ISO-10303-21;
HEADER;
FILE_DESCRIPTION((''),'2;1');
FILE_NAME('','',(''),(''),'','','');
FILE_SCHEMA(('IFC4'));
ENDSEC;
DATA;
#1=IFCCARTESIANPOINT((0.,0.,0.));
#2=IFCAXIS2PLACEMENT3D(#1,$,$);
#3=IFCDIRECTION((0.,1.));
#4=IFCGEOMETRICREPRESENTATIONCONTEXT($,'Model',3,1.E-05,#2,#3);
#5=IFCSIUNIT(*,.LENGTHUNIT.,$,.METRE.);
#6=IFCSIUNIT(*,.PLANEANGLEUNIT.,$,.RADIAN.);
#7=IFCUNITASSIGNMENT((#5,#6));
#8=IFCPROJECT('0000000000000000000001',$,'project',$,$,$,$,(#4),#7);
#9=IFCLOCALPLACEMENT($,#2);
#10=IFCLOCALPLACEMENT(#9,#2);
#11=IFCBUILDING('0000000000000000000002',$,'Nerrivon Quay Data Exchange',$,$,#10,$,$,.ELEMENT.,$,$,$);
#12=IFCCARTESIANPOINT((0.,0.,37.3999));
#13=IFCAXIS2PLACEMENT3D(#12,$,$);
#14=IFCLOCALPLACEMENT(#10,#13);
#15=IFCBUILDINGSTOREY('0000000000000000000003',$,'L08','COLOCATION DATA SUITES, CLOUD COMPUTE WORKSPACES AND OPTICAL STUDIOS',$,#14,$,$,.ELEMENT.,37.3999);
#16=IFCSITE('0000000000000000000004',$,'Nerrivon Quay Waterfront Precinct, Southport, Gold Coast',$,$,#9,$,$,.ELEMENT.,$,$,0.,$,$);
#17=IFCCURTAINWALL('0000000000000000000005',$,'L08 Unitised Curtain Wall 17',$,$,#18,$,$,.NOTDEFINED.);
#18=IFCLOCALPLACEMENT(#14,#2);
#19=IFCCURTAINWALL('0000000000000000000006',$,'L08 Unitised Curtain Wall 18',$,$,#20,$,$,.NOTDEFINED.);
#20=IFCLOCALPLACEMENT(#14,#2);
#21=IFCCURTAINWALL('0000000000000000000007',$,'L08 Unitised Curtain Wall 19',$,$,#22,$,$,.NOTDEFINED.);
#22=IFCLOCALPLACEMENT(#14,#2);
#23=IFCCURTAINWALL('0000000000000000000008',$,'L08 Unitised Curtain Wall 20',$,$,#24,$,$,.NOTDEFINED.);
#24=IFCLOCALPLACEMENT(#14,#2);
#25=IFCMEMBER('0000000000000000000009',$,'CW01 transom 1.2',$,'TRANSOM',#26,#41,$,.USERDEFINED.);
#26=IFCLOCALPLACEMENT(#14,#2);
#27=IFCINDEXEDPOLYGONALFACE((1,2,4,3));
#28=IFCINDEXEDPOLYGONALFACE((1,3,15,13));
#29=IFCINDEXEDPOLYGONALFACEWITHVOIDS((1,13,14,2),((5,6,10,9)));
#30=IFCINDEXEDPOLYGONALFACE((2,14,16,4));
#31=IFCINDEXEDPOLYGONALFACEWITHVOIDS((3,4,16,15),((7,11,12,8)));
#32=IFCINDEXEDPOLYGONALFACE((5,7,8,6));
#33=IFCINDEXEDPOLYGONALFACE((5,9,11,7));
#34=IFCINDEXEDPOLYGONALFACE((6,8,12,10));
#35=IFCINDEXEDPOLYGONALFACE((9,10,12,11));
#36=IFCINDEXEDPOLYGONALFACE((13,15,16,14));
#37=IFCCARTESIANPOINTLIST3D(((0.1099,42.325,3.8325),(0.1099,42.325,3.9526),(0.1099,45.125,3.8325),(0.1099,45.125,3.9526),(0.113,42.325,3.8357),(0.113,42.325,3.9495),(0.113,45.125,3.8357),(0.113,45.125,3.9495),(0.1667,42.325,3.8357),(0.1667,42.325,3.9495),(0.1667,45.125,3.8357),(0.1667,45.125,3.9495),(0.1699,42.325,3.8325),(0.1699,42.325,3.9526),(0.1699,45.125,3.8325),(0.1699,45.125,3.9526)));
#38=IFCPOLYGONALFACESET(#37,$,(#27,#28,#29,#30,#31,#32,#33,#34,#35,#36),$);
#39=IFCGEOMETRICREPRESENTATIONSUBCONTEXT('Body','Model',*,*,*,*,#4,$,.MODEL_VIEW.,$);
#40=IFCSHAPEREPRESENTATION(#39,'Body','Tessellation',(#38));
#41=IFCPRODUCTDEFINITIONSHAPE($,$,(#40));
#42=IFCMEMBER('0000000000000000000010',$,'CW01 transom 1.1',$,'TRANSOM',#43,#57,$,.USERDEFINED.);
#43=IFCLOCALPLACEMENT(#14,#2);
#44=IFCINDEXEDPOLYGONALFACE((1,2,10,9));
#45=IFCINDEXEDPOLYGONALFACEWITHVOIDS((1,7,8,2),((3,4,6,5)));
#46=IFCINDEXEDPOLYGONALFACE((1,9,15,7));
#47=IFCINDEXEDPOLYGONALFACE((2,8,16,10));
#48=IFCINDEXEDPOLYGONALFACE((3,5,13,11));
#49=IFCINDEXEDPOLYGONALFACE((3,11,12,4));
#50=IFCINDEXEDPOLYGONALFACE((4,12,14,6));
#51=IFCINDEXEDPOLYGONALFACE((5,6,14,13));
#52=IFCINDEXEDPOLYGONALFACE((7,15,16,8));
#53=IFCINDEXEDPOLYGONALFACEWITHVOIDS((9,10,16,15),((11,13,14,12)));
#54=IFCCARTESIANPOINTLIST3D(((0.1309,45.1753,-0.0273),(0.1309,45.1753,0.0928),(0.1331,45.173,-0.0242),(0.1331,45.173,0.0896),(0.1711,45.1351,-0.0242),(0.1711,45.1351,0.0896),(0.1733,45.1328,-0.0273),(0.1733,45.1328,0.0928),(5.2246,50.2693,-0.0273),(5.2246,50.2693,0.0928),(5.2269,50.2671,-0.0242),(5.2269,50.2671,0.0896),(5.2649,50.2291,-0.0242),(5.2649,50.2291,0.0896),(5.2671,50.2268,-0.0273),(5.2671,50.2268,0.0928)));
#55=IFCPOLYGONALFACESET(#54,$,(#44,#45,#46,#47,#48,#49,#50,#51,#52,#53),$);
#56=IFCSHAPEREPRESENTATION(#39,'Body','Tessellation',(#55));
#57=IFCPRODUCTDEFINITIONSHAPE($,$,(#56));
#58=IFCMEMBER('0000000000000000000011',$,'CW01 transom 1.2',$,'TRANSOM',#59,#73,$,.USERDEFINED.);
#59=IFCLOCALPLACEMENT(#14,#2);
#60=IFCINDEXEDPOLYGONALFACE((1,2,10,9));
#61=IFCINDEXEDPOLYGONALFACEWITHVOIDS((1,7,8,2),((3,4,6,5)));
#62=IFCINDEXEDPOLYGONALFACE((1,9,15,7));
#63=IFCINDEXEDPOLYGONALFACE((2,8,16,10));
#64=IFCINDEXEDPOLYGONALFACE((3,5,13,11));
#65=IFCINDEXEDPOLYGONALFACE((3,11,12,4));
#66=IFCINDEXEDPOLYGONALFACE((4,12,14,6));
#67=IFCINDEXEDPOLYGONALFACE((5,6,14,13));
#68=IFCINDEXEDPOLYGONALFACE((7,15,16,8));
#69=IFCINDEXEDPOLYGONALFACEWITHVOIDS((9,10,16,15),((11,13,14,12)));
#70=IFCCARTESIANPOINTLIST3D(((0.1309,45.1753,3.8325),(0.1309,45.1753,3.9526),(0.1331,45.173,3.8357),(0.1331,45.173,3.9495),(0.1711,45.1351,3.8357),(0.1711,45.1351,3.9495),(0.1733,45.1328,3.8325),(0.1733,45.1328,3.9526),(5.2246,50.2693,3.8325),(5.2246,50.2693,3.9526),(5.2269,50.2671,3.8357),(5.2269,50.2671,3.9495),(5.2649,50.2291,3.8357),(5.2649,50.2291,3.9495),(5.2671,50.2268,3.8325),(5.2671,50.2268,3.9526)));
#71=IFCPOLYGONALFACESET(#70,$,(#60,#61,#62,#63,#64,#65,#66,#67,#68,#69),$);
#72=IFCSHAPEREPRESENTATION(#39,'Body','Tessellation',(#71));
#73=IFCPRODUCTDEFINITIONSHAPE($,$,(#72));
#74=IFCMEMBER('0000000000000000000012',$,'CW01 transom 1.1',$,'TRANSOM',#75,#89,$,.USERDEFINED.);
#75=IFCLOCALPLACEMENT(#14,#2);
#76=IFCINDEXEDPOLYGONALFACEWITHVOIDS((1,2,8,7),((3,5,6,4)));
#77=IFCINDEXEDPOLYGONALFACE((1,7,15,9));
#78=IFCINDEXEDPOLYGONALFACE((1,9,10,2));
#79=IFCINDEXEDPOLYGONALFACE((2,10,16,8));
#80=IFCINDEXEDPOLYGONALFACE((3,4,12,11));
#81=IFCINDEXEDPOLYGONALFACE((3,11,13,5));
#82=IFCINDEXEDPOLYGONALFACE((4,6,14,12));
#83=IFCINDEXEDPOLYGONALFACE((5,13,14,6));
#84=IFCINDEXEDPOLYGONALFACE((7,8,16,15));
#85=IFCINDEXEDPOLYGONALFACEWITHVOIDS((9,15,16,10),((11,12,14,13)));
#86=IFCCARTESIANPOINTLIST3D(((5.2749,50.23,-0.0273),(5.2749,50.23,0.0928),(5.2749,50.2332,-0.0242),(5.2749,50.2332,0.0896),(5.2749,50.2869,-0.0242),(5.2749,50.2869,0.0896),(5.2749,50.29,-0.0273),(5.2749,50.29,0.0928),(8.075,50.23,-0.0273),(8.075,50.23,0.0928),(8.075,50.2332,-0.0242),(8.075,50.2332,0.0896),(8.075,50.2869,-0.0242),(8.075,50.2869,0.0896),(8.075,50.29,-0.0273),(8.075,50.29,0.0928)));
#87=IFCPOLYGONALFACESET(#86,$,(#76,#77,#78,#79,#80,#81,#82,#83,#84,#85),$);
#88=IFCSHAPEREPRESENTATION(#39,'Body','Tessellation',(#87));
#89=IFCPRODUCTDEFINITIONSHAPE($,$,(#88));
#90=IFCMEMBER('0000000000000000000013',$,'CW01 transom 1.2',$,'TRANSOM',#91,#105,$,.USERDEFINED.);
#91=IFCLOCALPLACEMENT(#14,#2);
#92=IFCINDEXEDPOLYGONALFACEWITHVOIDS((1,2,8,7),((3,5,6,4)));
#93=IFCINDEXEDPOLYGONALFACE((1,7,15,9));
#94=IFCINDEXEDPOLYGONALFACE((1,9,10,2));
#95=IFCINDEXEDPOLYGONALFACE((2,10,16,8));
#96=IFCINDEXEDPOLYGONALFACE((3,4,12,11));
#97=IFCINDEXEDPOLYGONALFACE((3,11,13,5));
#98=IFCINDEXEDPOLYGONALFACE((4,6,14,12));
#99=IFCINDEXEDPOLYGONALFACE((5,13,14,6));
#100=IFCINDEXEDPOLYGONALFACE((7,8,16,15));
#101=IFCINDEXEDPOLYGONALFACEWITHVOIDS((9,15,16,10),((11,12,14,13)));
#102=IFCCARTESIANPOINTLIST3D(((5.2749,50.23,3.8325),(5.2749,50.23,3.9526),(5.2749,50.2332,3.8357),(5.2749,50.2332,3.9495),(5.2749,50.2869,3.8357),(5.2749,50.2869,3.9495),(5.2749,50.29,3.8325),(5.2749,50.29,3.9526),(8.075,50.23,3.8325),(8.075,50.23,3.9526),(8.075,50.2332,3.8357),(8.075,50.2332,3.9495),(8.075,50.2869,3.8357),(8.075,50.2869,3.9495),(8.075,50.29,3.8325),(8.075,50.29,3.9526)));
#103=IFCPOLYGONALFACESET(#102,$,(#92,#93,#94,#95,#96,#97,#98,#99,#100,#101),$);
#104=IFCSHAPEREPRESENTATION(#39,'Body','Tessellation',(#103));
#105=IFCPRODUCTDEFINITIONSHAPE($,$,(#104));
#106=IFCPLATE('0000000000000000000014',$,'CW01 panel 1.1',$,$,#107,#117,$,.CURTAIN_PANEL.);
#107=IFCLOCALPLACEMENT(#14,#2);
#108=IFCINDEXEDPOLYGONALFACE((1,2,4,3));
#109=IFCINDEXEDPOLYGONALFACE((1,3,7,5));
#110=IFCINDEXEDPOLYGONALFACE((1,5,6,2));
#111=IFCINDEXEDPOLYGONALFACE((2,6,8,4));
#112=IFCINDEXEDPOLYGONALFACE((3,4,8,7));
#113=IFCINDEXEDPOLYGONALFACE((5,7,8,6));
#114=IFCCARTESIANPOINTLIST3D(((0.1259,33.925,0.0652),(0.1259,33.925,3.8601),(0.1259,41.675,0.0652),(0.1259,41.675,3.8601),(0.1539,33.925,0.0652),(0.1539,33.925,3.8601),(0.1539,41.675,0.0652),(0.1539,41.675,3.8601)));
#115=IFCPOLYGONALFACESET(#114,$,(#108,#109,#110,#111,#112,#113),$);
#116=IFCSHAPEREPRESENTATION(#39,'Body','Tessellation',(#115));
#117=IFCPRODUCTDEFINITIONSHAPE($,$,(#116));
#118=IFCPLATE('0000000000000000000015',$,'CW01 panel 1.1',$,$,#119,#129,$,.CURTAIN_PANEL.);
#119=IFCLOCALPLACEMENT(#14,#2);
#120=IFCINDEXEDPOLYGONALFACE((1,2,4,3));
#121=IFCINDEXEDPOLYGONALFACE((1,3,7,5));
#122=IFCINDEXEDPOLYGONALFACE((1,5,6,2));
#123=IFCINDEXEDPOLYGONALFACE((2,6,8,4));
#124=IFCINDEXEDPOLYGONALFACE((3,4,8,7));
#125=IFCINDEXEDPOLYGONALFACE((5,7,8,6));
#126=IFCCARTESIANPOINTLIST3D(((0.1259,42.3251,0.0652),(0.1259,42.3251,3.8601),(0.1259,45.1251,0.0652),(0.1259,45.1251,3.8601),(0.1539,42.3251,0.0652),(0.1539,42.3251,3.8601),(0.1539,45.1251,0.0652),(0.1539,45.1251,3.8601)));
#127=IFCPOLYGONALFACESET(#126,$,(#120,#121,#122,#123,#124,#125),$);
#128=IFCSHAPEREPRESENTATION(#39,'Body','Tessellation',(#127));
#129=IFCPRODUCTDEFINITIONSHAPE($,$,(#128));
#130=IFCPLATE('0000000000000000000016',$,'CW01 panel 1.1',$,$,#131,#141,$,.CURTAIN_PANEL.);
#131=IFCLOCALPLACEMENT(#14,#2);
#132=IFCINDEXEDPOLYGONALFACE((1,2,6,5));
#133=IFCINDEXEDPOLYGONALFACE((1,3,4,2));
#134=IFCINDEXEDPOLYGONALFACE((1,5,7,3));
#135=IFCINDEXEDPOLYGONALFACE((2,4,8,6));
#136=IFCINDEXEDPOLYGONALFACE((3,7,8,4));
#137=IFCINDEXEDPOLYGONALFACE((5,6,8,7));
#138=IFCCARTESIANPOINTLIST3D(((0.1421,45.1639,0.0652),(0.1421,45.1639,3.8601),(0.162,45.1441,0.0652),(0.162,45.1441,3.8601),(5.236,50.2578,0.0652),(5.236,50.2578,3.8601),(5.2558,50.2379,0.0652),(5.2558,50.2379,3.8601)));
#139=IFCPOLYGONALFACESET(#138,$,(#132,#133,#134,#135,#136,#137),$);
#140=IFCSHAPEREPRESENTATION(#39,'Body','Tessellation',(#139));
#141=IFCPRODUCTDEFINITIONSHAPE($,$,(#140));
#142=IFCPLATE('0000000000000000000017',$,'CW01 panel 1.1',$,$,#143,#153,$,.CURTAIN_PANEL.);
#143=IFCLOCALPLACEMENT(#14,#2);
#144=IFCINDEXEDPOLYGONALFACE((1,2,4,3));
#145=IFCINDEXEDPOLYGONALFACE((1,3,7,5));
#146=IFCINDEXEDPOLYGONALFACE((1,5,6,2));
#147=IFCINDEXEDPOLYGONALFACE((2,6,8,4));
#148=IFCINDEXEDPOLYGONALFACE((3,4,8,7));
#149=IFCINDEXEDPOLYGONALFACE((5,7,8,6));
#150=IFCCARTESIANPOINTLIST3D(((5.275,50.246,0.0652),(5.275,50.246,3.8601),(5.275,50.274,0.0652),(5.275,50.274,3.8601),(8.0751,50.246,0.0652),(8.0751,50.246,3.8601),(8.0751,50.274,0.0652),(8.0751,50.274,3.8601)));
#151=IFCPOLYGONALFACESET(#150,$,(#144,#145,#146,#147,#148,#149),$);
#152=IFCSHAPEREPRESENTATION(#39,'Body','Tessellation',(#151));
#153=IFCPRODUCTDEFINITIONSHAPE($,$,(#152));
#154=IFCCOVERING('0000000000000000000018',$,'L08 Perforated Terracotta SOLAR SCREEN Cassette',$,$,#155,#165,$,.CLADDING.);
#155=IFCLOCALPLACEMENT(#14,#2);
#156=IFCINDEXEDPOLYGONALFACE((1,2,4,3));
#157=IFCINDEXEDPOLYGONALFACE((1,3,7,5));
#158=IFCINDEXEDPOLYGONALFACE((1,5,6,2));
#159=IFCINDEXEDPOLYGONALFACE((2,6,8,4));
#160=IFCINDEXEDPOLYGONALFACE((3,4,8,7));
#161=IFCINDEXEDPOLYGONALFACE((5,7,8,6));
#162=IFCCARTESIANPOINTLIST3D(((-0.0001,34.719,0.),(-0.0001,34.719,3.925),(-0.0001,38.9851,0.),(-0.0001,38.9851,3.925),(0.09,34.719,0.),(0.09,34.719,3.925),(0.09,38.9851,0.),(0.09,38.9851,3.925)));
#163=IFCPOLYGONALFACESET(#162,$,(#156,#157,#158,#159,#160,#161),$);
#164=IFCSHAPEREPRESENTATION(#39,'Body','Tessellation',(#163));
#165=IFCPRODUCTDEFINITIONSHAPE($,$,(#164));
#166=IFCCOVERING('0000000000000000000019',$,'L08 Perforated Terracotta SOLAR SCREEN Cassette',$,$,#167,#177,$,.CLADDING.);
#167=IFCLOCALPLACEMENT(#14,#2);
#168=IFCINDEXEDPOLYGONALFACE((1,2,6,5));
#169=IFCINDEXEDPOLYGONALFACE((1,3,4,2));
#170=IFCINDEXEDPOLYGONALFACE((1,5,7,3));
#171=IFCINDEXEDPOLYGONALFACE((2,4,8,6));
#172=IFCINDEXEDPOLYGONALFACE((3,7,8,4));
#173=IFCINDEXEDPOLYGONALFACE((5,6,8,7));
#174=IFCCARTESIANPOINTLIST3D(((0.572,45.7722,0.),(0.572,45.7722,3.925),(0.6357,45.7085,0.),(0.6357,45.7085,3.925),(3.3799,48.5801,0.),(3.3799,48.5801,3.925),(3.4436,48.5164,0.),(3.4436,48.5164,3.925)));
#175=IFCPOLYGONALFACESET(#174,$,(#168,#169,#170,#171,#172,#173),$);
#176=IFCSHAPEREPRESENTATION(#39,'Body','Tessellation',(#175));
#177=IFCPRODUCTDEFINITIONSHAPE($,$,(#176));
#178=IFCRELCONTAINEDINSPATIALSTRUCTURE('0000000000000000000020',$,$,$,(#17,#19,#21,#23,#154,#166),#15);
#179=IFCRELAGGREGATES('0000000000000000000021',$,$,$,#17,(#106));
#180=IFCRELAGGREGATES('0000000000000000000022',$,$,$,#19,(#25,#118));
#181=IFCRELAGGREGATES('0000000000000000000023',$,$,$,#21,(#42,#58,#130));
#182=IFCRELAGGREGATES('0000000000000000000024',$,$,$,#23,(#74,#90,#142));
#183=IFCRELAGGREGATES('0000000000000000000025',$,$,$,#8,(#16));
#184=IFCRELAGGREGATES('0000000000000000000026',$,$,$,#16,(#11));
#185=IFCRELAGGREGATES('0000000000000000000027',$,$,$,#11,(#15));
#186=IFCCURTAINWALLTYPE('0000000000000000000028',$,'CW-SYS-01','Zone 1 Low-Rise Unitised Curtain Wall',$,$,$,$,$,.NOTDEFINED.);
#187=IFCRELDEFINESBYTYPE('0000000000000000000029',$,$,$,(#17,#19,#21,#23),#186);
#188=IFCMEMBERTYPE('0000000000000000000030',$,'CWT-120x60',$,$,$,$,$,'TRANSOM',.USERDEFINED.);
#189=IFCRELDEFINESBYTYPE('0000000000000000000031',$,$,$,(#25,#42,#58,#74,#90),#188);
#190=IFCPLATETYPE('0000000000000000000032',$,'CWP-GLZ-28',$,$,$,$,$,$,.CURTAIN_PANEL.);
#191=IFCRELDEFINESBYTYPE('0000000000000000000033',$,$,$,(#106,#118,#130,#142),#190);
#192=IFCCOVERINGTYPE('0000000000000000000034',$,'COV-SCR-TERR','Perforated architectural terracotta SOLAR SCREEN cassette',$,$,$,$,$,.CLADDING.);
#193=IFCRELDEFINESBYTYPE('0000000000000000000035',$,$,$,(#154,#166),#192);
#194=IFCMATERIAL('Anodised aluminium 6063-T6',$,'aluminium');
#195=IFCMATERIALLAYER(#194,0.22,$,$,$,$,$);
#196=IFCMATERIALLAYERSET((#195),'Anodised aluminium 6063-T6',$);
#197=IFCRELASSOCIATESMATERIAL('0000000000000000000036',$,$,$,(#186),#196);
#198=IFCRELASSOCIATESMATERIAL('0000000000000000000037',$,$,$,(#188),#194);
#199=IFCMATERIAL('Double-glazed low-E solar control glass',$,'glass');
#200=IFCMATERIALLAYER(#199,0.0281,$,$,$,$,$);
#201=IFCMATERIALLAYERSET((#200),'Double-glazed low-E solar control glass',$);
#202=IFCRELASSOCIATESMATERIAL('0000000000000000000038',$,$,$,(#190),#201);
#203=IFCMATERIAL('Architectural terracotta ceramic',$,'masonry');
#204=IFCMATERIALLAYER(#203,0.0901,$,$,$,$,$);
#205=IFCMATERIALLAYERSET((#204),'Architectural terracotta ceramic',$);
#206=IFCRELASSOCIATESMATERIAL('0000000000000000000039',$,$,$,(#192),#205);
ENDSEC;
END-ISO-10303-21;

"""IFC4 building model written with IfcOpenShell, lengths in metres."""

from ifc_helpers import new_model, si_unit, direction, frame, origin, origin_2d, place, context, subcontext, project, spatial, rectangle, hollow_rectangle, extrude, material, layer, layer_set, material_profile, profile_set, type_object, element, aggregate, save


model = new_model("IFC4")

# Units and contexts
model_context = context("Model", 3, precision=1e-05, world=origin(), true_north=direction((0.0, 1.0)))
body_context = subcontext(model_context, "Body", "Model", "MODEL_VIEW")
ifc_project = project(units=[si_unit("LENGTHUNIT", "METRE"), si_unit("PLANEANGLEUNIT", "RADIAN")], contexts=[model_context])

# Site, building, storey
site_placement = place(None, origin())
site = spatial("IfcSite", under=ifc_project, at=site_placement, Name="Nerrivon Quay Waterfront Precinct, Southport, Gold Coast", CompositionType="ELEMENT", RefElevation=0.0)
building_placement = place(site_placement, origin())
building = spatial("IfcBuilding", under=site, at=building_placement, Name="Nerrivon Quay Data Exchange", CompositionType="ELEMENT")
storey_placement = place(building_placement, frame((0.0, 0.0, 37.3999)))
storey = spatial("IfcBuildingStorey", under=building, at=storey_placement, Name="L08", Description="COLOCATION DATA SUITES, CLOUD COMPUTE WORKSPACES AND OPTICAL STUDIOS", CompositionType="ELEMENT", Elevation=37.3999)

# Curtain wall
ifc_material_1 = material(Name="Anodised aluminium 6063-T6", Category="aluminium")
ifc_layer_1 = layer(ifc_material_1, 0.22)
ifc_layer_set_1 = layer_set([ifc_layer_1], Name="Anodised aluminium 6063-T6")
curtain_wall_type = type_object("IfcCurtainWallType", Name="CW-SYS-01", Description="Zone 1 Low-Rise Unitised Curtain Wall", PredefinedType="NOTDEFINED", material=ifc_layer_set_1)
curtain_wall_1_placement = place(storey_placement, origin())
curtain_wall_1 = element("IfcCurtainWall", 1, at=curtain_wall_1_placement, inside=storey, type_object=curtain_wall_type, Name="L08 Unitised Curtain Wall 17", PredefinedType="NOTDEFINED")

# Curtain walls
curtain_wall_2_placement = place(storey_placement, origin())
curtain_wall_2 = element("IfcCurtainWall", 2, at=curtain_wall_2_placement, inside=storey, type_object=curtain_wall_type, Name="L08 Unitised Curtain Wall 18", PredefinedType="NOTDEFINED")
curtain_wall_3_placement = place(storey_placement, origin())
curtain_wall_3 = element("IfcCurtainWall", 3, at=curtain_wall_3_placement, inside=storey, type_object=curtain_wall_type, Name="L08 Unitised Curtain Wall 19", PredefinedType="NOTDEFINED")
curtain_wall_4_placement = place(storey_placement, origin())
curtain_wall_4 = element("IfcCurtainWall", 4, at=curtain_wall_4_placement, inside=storey, type_object=curtain_wall_type, Name="L08 Unitised Curtain Wall 20", PredefinedType="NOTDEFINED")

# Members
ifc_material_profile_1 = material_profile(ifc_material_1, hollow_rectangle(XDim=0.0601, YDim=0.1201, WallThickness=0.0032, at=origin_2d()), Name="ALU-TRAN-120x60")
ifc_profile_set_1 = profile_set([ifc_material_profile_1], Name="Anodised aluminium 6063-T6")
member_type_1 = type_object("IfcMemberType", Name="CWT-120x60", ElementType="TRANSOM", PredefinedType="USERDEFINED", material=ifc_profile_set_1)
member_1_placement = place(storey_placement, frame((0.1399, 42.325, 3.8926), z_axis=(0.0, 1.0, 0.0), x_axis=(-1.0, 0.0, 0.0)))
member_1 = element("IfcMember", 5, at=member_1_placement, type_object=member_type_1, Name="CW01 transom 1.2", ObjectType="TRANSOM", PredefinedType="USERDEFINED", context=body_context, shape_type="SweptSolid", body=[
    extrude(hollow_rectangle(XDim=0.0601, YDim=0.1201, WallThickness=0.0032, at=origin_2d()), origin(), (0.0, 0.0, 1.0), 2.8),
])
member_2_placement = place(storey_placement, frame((0.1521, 45.1541, 0.0327), z_axis=(0.70709, 0.707124, 0.0), x_axis=(-0.707124, 0.70709, 0.0)))
member_2 = element("IfcMember", 6, at=member_2_placement, type_object=member_type_1, Name="CW01 transom 1.1", ObjectType="TRANSOM", PredefinedType="USERDEFINED", context=body_context, shape_type="SweptSolid", body=[
    extrude(hollow_rectangle(XDim=0.0601, YDim=0.1201, WallThickness=0.0032, at=origin_2d()), origin(), (0.0, 0.0, 1.0), 7.2039),
])
member_3_placement = place(storey_placement, frame((0.1521, 45.1541, 3.8926), z_axis=(0.70709, 0.707124, 0.0), x_axis=(-0.707124, 0.70709, 0.0)))
member_3 = element("IfcMember", 7, at=member_3_placement, type_object=member_type_1, Name="CW01 transom 1.2", ObjectType="TRANSOM", PredefinedType="USERDEFINED", context=body_context, shape_type="SweptSolid", body=[
    extrude(hollow_rectangle(XDim=0.0601, YDim=0.1201, WallThickness=0.0032, at=origin_2d()), origin(), (0.0, 0.0, 1.0), 7.2039),
])
member_4_placement = place(storey_placement, frame((5.2749, 50.26, 0.0327), z_axis=(1.0, 0.0, 0.0), x_axis=(0.0, 1.0, 0.0)))
member_4 = element("IfcMember", 8, at=member_4_placement, type_object=member_type_1, Name="CW01 transom 1.1", ObjectType="TRANSOM", PredefinedType="USERDEFINED", context=body_context, shape_type="SweptSolid", body=[
    extrude(hollow_rectangle(XDim=0.0601, YDim=0.1201, WallThickness=0.0032, at=origin_2d()), origin(), (0.0, 0.0, 1.0), 2.8),
])
member_5_placement = place(storey_placement, frame((5.2749, 50.26, 3.8926), z_axis=(1.0, 0.0, 0.0), x_axis=(0.0, 1.0, 0.0)))
member_5 = element("IfcMember", 9, at=member_5_placement, type_object=member_type_1, Name="CW01 transom 1.2", ObjectType="TRANSOM", PredefinedType="USERDEFINED", context=body_context, shape_type="SweptSolid", body=[
    extrude(hollow_rectangle(XDim=0.0601, YDim=0.1201, WallThickness=0.0032, at=origin_2d()), origin(), (0.0, 0.0, 1.0), 2.8),
])

# Plates
ifc_material_2 = material(Name="Double-glazed low-E solar control glass", Category="glass")
ifc_layer_2 = layer(ifc_material_2, 0.0281)
ifc_layer_set_2 = layer_set([ifc_layer_2], Name="Double-glazed low-E solar control glass")
plate_type = type_object("IfcPlateType", Name="CWP-GLZ-28", PredefinedType="CURTAIN_PANEL", material=ifc_layer_set_2)
plate_1_placement = place(storey_placement, frame((0.1399, 37.8, 0.0652), z_axis=(0.0, 0.0, 1.0), x_axis=(0.0, 1.0, 0.0)))
plate_1 = element("IfcPlate", 10, at=plate_1_placement, type_object=plate_type, Name="CW01 panel 1.1", PredefinedType="CURTAIN_PANEL", context=body_context, shape_type="SweptSolid", body=[
    extrude(rectangle(XDim=7.75, YDim=0.0281, at=origin_2d()), origin(), (0.0, 0.0, 1.0), 3.7949),
])
aggregate(curtain_wall_1, [plate_1])
plate_2_placement = place(storey_placement, frame((0.1399, 43.7251, 0.0652), z_axis=(0.0, 0.0, 1.0), x_axis=(0.0, 1.0, 0.0)))
plate_2 = element("IfcPlate", 11, at=plate_2_placement, type_object=plate_type, Name="CW01 panel 1.1", PredefinedType="CURTAIN_PANEL", context=body_context, shape_type="SweptSolid", body=[
    extrude(rectangle(XDim=2.8, YDim=0.0281, at=origin_2d()), origin(), (0.0, 0.0, 1.0), 3.7949),
])
aggregate(curtain_wall_2, [member_1, plate_2])
plate_3_placement = place(storey_placement, frame((2.699, 47.7009, 0.0652), z_axis=(0.0, 0.0, 1.0), x_axis=(0.707107, 0.707107, 0.0)))
plate_3 = element("IfcPlate", 12, at=plate_3_placement, type_object=plate_type, Name="CW01 panel 1.1", PredefinedType="CURTAIN_PANEL", context=body_context, shape_type="SweptSolid", body=[
    extrude(rectangle(XDim=7.2039, YDim=0.0281, at=origin_2d()), origin(), (0.0, 0.0, 1.0), 3.7949),
])
aggregate(curtain_wall_3, [member_2, member_3, plate_3])
plate_4_placement = place(storey_placement, frame((6.675, 50.26, 0.0652), z_axis=(0.0, 0.0, 1.0), x_axis=(1.0, 0.0, 0.0)))
plate_4 = element("IfcPlate", 13, at=plate_4_placement, type_object=plate_type, Name="CW01 panel 1.1", PredefinedType="CURTAIN_PANEL", context=body_context, shape_type="SweptSolid", body=[
    extrude(rectangle(XDim=2.8, YDim=0.0281, at=origin_2d()), origin(), (0.0, 0.0, 1.0), 3.7949),
])
aggregate(curtain_wall_4, [member_4, member_5, plate_4])

# Coverings
ifc_material_3 = material(Name="Architectural terracotta ceramic", Category="masonry")
ifc_layer_3 = layer(ifc_material_3, 0.0901)
ifc_layer_set_3 = layer_set([ifc_layer_3], Name="Architectural terracotta ceramic")
covering_type = type_object("IfcCoveringType", Name="COV-SCR-TERR", Description="Perforated architectural terracotta SOLAR SCREEN cassette", PredefinedType="CLADDING", material=ifc_layer_set_3)
covering_1_placement = place(storey_placement, frame((0.0449, 36.8521, 0.0), z_axis=(0.0, 0.0, 1.0), x_axis=(0.0, 1.0, 0.0)))
element("IfcCovering", 14, at=covering_1_placement, inside=storey, type_object=covering_type, Name="L08 Perforated Terracotta SOLAR SCREEN Cassette", PredefinedType="CLADDING", context=body_context, shape_type="SweptSolid", body=[
    extrude(rectangle(XDim=4.2661, YDim=0.0901, at=origin_2d()), origin(), (0.0, 0.0, 1.0), 3.925),
])
covering_2_placement = place(storey_placement, frame((2.0078, 47.1443, 0.0), z_axis=(0.0, 0.0, 1.0), x_axis=(0.707107, 0.707107, 0.0)))
element("IfcCovering", 15, at=covering_2_placement, inside=storey, type_object=covering_type, Name="L08 Perforated Terracotta SOLAR SCREEN Cassette", PredefinedType="CLADDING", context=body_context, shape_type="SweptSolid", body=[
    extrude(rectangle(XDim=3.9709, YDim=0.0901, at=origin_2d()), origin(), (0.0, 0.0, 1.0), 3.925),
])

save(model, "model.ifc")
